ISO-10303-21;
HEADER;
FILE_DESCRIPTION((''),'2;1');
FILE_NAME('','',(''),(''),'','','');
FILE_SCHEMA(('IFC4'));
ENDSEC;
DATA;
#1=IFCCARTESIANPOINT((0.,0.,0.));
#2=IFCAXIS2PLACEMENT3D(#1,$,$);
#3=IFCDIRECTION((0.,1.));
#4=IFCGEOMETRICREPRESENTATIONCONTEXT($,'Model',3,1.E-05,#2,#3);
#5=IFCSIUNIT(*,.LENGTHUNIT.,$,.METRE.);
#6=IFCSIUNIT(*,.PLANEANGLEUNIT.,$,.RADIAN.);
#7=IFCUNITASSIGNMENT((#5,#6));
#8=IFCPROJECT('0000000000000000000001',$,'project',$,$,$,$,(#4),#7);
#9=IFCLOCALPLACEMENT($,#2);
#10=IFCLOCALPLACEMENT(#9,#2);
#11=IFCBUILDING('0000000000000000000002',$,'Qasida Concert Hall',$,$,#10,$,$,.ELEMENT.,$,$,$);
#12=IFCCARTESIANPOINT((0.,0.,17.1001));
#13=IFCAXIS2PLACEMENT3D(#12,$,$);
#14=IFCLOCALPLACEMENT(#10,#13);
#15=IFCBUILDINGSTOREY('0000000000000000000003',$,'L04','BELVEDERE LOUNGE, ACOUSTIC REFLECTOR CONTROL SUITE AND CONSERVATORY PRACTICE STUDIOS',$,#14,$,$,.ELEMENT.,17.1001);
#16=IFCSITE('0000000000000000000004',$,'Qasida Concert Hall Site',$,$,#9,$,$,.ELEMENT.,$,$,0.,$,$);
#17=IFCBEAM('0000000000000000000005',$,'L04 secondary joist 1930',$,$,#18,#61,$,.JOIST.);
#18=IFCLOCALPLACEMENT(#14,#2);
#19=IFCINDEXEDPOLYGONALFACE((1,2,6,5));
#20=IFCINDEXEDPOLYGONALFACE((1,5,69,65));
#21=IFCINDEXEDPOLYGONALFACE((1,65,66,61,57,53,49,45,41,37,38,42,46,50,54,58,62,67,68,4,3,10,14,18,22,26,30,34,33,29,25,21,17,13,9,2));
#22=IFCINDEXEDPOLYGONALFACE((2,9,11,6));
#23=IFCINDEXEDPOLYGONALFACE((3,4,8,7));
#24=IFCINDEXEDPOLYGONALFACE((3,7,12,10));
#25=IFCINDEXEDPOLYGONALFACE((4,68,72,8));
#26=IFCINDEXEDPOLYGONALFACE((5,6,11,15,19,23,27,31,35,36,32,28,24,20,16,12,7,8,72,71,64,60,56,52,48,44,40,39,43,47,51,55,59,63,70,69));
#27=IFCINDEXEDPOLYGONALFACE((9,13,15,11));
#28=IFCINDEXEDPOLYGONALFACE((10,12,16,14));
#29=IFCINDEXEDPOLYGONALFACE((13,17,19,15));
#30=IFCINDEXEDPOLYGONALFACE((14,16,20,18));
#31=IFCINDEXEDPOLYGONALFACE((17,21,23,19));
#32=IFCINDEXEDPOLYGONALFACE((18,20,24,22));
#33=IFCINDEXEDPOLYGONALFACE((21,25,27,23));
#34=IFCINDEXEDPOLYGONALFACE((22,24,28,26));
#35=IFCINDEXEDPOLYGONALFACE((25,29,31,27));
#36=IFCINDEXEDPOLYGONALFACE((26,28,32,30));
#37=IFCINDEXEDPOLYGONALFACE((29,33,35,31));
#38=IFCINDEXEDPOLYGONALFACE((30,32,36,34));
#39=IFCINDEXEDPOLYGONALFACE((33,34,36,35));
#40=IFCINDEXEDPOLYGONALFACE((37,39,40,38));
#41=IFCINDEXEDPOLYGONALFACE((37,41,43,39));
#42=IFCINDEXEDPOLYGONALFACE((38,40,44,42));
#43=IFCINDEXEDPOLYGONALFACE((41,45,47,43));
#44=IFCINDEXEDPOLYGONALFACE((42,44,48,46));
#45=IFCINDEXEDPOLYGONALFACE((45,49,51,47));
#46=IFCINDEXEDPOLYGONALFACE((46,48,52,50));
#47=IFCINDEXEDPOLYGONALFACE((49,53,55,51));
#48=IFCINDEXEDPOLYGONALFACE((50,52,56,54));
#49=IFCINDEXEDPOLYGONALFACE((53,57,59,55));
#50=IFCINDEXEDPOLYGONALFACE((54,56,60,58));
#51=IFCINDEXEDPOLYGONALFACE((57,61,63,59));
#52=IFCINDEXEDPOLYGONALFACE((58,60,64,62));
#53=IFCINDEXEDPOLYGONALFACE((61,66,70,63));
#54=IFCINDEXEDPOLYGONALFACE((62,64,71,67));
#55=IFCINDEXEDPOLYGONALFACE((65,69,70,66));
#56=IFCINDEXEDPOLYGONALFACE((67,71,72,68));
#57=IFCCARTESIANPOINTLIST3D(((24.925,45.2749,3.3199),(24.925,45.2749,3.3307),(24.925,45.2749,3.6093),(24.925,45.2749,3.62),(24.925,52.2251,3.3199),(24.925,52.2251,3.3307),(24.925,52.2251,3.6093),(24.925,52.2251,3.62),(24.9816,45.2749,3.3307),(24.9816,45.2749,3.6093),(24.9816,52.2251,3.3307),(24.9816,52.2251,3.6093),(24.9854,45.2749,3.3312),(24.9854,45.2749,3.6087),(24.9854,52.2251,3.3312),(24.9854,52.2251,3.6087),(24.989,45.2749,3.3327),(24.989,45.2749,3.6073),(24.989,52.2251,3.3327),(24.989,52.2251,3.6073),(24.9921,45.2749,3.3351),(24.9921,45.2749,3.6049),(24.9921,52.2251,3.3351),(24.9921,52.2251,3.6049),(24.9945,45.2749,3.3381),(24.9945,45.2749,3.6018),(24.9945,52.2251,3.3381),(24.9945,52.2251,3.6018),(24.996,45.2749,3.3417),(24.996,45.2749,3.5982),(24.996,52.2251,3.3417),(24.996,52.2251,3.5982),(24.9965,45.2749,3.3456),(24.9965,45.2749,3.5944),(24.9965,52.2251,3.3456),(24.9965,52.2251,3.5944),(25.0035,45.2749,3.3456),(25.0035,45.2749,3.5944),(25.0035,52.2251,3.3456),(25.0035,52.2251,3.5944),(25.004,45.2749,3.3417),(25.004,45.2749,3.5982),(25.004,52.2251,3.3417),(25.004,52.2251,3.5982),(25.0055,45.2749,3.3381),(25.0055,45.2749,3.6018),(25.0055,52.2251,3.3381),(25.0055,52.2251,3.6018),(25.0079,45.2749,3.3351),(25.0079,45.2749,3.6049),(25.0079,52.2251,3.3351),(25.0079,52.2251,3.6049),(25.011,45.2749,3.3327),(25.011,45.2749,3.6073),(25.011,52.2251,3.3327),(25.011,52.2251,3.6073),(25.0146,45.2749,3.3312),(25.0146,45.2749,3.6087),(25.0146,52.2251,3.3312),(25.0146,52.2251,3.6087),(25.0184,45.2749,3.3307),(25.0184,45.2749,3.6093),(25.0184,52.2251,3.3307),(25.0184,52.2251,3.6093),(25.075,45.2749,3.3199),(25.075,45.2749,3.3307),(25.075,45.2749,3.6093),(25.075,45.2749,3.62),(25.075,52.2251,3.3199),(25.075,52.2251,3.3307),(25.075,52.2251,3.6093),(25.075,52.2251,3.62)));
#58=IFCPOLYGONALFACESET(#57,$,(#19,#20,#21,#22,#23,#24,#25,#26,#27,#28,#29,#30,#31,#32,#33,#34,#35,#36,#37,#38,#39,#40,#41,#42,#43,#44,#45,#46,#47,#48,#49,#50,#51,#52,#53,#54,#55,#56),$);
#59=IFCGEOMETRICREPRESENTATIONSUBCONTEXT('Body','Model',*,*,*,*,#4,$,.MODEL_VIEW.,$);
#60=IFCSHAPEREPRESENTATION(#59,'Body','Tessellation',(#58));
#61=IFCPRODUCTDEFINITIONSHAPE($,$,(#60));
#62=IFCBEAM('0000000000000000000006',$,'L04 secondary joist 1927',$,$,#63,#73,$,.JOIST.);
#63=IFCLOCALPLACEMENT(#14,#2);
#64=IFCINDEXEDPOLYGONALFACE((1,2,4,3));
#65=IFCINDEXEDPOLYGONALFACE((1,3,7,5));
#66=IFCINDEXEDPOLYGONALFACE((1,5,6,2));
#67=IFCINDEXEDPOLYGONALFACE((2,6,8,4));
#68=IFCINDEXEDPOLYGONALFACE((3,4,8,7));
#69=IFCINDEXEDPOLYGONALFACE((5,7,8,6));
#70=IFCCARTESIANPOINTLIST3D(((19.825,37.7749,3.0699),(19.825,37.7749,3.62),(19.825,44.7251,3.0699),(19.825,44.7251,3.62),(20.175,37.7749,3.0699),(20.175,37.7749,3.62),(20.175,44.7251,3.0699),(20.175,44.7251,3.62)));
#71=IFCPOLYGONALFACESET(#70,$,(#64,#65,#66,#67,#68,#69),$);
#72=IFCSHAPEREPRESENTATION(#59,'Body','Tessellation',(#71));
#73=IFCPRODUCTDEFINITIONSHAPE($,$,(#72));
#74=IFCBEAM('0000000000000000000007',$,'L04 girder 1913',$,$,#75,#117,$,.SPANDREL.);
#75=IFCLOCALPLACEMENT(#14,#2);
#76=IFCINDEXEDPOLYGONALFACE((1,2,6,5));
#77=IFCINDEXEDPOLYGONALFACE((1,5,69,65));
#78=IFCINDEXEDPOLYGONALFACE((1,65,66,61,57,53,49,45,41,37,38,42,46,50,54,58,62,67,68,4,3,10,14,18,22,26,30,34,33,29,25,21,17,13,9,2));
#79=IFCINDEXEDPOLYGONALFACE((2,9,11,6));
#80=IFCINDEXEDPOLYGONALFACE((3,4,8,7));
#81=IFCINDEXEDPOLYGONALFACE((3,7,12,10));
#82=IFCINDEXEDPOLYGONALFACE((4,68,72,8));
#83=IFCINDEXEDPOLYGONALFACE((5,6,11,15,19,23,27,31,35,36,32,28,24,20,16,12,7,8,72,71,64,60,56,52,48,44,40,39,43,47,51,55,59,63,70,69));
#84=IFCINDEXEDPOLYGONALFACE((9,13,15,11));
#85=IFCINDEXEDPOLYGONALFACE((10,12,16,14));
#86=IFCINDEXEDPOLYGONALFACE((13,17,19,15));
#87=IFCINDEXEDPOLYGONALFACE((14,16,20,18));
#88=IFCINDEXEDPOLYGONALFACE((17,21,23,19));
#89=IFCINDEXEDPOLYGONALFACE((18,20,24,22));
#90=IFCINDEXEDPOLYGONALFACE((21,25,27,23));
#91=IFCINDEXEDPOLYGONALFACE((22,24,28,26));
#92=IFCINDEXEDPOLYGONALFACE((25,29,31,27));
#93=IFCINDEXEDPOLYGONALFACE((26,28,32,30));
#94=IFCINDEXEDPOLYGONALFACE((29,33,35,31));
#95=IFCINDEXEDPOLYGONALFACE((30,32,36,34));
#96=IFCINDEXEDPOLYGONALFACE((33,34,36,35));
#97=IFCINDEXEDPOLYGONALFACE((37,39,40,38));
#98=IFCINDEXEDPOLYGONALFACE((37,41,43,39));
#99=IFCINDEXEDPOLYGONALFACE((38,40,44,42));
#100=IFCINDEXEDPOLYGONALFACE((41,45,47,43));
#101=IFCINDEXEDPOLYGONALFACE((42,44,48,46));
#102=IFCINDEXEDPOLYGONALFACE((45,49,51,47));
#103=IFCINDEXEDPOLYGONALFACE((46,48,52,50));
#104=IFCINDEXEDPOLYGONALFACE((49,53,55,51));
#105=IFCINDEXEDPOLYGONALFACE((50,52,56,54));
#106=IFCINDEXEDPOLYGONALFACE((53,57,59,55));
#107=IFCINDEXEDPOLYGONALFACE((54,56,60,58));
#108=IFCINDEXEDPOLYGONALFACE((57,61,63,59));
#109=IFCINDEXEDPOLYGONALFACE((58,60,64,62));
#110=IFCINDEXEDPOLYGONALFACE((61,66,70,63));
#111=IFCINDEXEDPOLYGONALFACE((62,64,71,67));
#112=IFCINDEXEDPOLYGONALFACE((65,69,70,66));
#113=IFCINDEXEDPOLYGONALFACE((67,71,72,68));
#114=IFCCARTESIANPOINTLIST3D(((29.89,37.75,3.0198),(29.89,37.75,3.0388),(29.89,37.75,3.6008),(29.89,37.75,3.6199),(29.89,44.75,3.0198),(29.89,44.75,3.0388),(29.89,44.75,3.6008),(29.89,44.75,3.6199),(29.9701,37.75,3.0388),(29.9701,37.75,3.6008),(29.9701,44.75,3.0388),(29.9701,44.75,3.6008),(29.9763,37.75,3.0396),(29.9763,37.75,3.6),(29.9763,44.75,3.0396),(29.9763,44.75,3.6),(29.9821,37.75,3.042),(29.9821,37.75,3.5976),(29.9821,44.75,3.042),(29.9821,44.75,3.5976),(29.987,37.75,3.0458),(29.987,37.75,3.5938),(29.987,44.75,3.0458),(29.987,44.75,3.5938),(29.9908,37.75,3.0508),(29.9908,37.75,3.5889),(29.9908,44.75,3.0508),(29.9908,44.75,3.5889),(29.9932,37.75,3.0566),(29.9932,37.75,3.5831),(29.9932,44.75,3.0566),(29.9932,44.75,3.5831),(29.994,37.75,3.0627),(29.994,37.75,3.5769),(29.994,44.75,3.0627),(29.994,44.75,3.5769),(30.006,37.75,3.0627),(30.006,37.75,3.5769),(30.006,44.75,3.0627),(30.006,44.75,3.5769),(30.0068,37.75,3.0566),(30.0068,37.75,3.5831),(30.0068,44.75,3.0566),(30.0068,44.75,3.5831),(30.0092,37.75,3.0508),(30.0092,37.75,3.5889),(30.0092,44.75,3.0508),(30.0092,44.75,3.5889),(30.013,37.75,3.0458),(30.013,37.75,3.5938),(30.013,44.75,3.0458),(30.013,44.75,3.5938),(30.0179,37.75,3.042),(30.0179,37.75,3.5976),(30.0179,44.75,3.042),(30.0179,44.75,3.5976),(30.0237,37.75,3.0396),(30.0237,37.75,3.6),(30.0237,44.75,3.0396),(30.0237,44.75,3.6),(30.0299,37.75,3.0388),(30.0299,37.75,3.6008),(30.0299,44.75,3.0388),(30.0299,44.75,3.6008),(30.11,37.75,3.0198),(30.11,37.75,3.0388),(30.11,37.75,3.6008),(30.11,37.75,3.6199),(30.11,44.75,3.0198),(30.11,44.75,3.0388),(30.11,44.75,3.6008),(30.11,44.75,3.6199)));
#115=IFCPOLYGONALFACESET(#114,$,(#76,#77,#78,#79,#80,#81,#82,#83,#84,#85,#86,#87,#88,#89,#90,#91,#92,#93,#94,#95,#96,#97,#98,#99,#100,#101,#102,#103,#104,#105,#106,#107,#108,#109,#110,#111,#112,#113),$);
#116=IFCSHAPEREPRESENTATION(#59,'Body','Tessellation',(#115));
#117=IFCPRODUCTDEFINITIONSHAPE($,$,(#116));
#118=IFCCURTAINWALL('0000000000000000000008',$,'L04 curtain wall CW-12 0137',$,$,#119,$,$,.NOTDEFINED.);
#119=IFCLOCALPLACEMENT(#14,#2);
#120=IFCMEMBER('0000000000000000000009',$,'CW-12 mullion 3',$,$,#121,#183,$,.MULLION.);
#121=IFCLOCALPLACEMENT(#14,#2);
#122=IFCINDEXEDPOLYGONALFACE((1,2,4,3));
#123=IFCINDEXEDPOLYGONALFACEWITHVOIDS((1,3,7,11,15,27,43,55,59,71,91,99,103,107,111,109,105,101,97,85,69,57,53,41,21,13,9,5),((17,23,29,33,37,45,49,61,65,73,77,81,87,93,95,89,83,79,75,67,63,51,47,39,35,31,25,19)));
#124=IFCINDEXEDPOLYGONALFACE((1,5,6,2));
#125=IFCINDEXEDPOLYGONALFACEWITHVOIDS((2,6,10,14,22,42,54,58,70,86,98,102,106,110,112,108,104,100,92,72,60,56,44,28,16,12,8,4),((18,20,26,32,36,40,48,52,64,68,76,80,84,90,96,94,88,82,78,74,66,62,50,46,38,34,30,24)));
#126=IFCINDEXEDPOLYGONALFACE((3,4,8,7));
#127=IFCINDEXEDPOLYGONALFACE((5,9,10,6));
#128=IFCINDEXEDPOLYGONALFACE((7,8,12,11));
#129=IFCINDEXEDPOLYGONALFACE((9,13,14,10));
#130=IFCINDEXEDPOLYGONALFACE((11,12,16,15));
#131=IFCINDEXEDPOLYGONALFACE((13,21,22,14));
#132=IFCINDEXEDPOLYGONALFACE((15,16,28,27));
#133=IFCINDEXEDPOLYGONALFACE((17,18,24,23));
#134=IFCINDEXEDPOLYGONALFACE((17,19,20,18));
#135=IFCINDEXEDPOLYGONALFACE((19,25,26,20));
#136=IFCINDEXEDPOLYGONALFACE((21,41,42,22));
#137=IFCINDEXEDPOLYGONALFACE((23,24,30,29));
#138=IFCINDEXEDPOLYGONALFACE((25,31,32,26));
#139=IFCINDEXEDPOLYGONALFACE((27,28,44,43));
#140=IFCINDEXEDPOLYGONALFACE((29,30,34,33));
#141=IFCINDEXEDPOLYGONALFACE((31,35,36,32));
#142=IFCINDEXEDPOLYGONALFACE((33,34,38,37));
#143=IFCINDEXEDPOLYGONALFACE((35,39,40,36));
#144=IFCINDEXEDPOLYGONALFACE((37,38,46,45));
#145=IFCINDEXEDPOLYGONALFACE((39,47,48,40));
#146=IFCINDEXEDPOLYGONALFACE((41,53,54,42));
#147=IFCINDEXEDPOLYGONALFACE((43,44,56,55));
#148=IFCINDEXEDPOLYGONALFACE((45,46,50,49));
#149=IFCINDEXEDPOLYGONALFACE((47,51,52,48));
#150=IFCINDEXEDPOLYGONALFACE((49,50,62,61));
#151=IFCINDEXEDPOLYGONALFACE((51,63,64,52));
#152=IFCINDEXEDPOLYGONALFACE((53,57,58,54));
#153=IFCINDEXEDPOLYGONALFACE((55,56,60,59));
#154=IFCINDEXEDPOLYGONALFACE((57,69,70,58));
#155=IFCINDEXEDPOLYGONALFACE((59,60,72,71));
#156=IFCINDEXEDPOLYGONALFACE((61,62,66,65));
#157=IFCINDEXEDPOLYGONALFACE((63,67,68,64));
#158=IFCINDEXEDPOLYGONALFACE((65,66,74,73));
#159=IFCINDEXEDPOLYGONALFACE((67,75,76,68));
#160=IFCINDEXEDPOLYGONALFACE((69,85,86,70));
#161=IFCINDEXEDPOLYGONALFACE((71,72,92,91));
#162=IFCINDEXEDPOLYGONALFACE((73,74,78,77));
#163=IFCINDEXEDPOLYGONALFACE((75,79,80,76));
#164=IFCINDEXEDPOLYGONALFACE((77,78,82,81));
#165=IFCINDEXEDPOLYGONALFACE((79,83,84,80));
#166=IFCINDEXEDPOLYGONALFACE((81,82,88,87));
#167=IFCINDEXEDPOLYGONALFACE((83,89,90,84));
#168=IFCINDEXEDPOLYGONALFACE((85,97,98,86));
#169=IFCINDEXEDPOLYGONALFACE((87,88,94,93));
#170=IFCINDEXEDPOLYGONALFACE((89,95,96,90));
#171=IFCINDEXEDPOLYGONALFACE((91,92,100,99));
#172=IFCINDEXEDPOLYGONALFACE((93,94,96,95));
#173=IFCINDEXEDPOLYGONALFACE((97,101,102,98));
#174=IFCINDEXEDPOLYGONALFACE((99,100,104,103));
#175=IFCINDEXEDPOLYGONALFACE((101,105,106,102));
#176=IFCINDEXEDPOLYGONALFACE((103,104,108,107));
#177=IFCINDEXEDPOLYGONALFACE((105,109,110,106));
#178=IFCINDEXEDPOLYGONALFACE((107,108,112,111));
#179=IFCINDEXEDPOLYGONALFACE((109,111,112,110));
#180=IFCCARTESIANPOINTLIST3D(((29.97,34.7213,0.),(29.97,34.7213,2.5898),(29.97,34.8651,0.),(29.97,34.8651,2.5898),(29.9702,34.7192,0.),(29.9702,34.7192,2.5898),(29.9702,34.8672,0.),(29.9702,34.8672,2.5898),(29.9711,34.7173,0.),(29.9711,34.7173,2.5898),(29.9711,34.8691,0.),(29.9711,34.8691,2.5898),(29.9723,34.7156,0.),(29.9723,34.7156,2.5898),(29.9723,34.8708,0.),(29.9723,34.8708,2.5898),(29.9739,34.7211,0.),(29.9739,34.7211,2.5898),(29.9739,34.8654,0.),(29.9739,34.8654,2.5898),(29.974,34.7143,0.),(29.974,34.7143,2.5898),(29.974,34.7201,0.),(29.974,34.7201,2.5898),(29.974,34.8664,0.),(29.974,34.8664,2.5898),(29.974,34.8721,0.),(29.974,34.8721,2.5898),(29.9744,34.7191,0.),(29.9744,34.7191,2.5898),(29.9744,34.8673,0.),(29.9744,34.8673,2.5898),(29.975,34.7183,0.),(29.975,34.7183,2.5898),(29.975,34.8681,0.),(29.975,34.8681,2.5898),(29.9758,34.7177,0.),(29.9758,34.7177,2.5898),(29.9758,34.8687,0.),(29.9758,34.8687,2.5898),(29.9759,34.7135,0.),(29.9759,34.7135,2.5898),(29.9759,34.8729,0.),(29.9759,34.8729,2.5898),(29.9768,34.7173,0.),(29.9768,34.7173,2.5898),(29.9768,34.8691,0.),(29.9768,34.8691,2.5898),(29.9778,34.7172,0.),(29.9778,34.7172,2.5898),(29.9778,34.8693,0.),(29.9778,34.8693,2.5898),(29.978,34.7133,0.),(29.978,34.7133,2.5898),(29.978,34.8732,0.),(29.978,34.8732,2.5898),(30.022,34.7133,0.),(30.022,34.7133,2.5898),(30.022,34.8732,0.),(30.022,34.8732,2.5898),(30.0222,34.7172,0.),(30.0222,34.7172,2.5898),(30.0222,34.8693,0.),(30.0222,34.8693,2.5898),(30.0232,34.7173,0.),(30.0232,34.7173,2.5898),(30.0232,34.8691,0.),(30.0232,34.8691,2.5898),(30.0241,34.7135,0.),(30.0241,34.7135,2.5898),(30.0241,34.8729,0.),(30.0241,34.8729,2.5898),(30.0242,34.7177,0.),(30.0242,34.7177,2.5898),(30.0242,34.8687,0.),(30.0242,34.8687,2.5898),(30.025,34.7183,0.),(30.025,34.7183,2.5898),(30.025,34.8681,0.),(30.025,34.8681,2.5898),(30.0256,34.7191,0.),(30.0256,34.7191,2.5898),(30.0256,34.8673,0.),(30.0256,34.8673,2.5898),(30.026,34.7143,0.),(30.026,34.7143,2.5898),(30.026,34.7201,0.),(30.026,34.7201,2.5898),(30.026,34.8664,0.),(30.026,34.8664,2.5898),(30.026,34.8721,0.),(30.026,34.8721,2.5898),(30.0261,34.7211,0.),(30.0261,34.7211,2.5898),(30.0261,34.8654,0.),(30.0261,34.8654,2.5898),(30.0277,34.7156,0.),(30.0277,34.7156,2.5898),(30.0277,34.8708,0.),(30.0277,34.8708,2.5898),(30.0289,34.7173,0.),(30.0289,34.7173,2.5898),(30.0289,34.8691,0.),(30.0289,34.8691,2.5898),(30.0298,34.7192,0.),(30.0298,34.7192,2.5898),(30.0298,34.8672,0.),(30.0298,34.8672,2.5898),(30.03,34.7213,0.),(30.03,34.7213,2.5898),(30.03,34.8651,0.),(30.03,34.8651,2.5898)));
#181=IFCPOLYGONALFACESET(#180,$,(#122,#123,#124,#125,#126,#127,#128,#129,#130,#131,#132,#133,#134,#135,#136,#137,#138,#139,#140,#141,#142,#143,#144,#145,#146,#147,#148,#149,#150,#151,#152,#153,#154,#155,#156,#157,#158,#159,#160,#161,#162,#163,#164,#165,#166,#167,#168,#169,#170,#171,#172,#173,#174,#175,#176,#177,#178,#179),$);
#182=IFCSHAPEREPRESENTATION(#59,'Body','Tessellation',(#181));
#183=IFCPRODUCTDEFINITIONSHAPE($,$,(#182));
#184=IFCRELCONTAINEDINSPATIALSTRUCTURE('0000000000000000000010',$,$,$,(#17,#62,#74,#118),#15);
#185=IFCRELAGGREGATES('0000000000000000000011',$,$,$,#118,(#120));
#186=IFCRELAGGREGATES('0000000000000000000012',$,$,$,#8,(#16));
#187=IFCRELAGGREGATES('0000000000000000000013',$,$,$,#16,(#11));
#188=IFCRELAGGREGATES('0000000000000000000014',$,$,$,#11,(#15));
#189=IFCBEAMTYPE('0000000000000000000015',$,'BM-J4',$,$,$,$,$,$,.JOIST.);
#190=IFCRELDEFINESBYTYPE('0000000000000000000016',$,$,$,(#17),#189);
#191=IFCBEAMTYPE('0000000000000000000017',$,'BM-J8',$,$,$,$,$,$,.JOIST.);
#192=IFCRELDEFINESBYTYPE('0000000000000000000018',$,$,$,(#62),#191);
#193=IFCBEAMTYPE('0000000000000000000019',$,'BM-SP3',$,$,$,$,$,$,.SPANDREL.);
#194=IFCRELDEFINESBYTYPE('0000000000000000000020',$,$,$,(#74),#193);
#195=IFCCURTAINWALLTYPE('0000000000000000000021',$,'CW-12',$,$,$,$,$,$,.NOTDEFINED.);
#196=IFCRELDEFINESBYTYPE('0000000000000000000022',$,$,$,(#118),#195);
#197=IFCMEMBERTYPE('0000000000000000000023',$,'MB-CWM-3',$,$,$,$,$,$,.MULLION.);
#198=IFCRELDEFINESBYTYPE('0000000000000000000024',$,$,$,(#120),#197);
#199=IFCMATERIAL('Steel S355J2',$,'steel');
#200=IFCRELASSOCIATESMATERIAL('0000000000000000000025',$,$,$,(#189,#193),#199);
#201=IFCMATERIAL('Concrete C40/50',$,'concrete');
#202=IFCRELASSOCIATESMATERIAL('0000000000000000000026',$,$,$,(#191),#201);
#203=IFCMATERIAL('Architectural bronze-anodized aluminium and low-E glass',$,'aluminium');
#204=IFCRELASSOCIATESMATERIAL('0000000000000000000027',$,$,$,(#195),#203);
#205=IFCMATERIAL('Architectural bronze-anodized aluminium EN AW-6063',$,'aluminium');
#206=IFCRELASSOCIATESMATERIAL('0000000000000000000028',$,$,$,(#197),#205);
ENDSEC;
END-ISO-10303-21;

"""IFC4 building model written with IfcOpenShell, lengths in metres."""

from ifc_helpers import new_model, si_unit, direction, frame, origin, origin_2d, place, context, subcontext, project, spatial, rectangle, hollow_rectangle, i_section, extrude, material, material_profile, profile_set, type_object, element, aggregate, save


model = new_model("IFC4")

# Units and contexts
model_context = context("Model", 3, precision=1e-05, world=origin(), true_north=direction((0.0, 1.0)))
body_context = subcontext(model_context, "Body", "Model", "MODEL_VIEW")
ifc_project = project(units=[si_unit("LENGTHUNIT", "METRE"), si_unit("PLANEANGLEUNIT", "RADIAN")], contexts=[model_context])

# Site, building, storey
site_placement = place(None, origin())
site = spatial("IfcSite", under=ifc_project, at=site_placement, Name="Qasida Concert Hall Site", CompositionType="ELEMENT", RefElevation=0.0)
building_placement = place(site_placement, origin())
building = spatial("IfcBuilding", under=site, at=building_placement, Name="Qasida Concert Hall", CompositionType="ELEMENT")
storey_placement = place(building_placement, frame((0.0, 0.0, 17.1001)))
storey = spatial("IfcBuildingStorey", under=building, at=storey_placement, Name="L04", Description="BELVEDERE LOUNGE, ACOUSTIC REFLECTOR CONTROL SUITE AND CONSERVATORY PRACTICE STUDIOS", CompositionType="ELEMENT", Elevation=17.1001)

# Beams
ifc_material_1 = material(Name="Steel S355J2", Category="steel")
ifc_material_2 = material(Name="Concrete C40/50", Category="concrete")
ifc_material_profile_1 = material_profile(ifc_material_1, i_section(OverallWidth=0.1499, OverallDepth=0.3, WebThickness=0.0071, FlangeThickness=0.0107, FilletRadius=0.0149, at=origin_2d()), Name="IPE 300")
ifc_profile_set_1 = profile_set([ifc_material_profile_1], Name="Steel S355J2")
beam_type_1 = type_object("IfcBeamType", Name="BM-J4", PredefinedType="JOIST", material=ifc_profile_set_1)
beam_1_placement = place(storey_placement, frame((25.0, 45.2749, 3.47), z_axis=(0.0, 1.0, 0.0), x_axis=(-1.0, 0.0, 0.0)))
element("IfcBeam", 1, at=beam_1_placement, inside=storey, type_object=beam_type_1, Name="L04 secondary joist 1930", PredefinedType="JOIST", context=body_context, shape_type="SweptSolid", body=[
    extrude(i_section(OverallWidth=0.1499, OverallDepth=0.3, WebThickness=0.0071, FlangeThickness=0.0107, FilletRadius=0.0149, at=origin_2d()), origin(), (0.0, 0.0, 1.0), 6.9502),
])
ifc_material_profile_2 = material_profile(ifc_material_2, rectangle(XDim=0.3501, YDim=0.55, at=origin_2d()), Name="RC 350x550")
ifc_profile_set_2 = profile_set([ifc_material_profile_2], Name="Concrete C40/50")
beam_type_2 = type_object("IfcBeamType", Name="BM-J8", PredefinedType="JOIST", material=ifc_profile_set_2)
beam_2_placement = place(storey_placement, frame((20.0, 37.7749, 3.345), z_axis=(0.0, 1.0, 0.0), x_axis=(-1.0, 0.0, 0.0)))
element("IfcBeam", 2, at=beam_2_placement, inside=storey, type_object=beam_type_2, Name="L04 secondary joist 1927", PredefinedType="JOIST", context=body_context, shape_type="SweptSolid", body=[
    extrude(rectangle(XDim=0.3501, YDim=0.55, at=origin_2d()), origin(), (0.0, 0.0, 1.0), 6.9502),
])
ifc_material_profile_3 = material_profile(ifc_material_1, i_section(OverallWidth=0.22, OverallDepth=0.6001, WebThickness=0.012, FlangeThickness=0.019, FilletRadius=0.0239, at=origin_2d()), Name="IPE 600")
ifc_profile_set_3 = profile_set([ifc_material_profile_3], Name="Steel S355J2")
beam_type_3 = type_object("IfcBeamType", Name="BM-SP3", PredefinedType="SPANDREL", material=ifc_profile_set_3)
beam_3_placement = place(storey_placement, frame((30.0, 37.75, 3.3198), z_axis=(0.0, 1.0, 0.0), x_axis=(-1.0, 0.0, 0.0)))
element("IfcBeam", 3, at=beam_3_placement, inside=storey, type_object=beam_type_3, Name="L04 girder 1913", PredefinedType="SPANDREL", context=body_context, shape_type="SweptSolid", body=[
    extrude(i_section(OverallWidth=0.22, OverallDepth=0.6001, WebThickness=0.012, FlangeThickness=0.019, FilletRadius=0.0239, at=origin_2d()), origin(), (0.0, 0.0, 1.0), 7.0),
])

# Curtain wall, member
ifc_material_3 = material(Name="Architectural bronze-anodized aluminium and low-E glass", Category="aluminium")
curtain_wall_type = type_object("IfcCurtainWallType", Name="CW-12", PredefinedType="NOTDEFINED", material=ifc_material_3)
curtain_wall_placement = place(storey_placement, origin())
curtain_wall = element("IfcCurtainWall", 4, at=curtain_wall_placement, inside=storey, type_object=curtain_wall_type, Name="L04 curtain wall CW-12 0137", PredefinedType="NOTDEFINED")
ifc_material_4 = material(Name="Architectural bronze-anodized aluminium EN AW-6063", Category="aluminium")
ifc_material_profile_4 = material_profile(ifc_material_4, hollow_rectangle(XDim=0.0601, YDim=0.1599, WallThickness=0.0039, InnerFilletRadius=0.0039, OuterFilletRadius=0.0081, at=origin_2d()), Name="CWM 160x60x4")
ifc_profile_set_4 = profile_set([ifc_material_profile_4], Name="Architectural bronze-anodized aluminium EN AW-6063")
member_type_1 = type_object("IfcMemberType", Name="MB-CWM-3", PredefinedType="MULLION", material=ifc_profile_set_4)
member_1_placement = place(storey_placement, frame((30.0, 34.7932, 0.0), z_axis=(0.0, 0.0, 1.0), x_axis=(-1.0, 0.0, 0.0)))
member_1 = element("IfcMember", 5, at=member_1_placement, type_object=member_type_1, Name="CW-12 mullion 3", PredefinedType="MULLION", context=body_context, shape_type="SweptSolid", body=[
    extrude(hollow_rectangle(XDim=0.0601, YDim=0.1599, WallThickness=0.0039, InnerFilletRadius=0.0039, OuterFilletRadius=0.0081, at=origin_2d()), origin(), (0.0, 0.0, 1.0), 2.5898),
])
aggregate(curtain_wall, [member_1])

save(model, "model.ifc")
